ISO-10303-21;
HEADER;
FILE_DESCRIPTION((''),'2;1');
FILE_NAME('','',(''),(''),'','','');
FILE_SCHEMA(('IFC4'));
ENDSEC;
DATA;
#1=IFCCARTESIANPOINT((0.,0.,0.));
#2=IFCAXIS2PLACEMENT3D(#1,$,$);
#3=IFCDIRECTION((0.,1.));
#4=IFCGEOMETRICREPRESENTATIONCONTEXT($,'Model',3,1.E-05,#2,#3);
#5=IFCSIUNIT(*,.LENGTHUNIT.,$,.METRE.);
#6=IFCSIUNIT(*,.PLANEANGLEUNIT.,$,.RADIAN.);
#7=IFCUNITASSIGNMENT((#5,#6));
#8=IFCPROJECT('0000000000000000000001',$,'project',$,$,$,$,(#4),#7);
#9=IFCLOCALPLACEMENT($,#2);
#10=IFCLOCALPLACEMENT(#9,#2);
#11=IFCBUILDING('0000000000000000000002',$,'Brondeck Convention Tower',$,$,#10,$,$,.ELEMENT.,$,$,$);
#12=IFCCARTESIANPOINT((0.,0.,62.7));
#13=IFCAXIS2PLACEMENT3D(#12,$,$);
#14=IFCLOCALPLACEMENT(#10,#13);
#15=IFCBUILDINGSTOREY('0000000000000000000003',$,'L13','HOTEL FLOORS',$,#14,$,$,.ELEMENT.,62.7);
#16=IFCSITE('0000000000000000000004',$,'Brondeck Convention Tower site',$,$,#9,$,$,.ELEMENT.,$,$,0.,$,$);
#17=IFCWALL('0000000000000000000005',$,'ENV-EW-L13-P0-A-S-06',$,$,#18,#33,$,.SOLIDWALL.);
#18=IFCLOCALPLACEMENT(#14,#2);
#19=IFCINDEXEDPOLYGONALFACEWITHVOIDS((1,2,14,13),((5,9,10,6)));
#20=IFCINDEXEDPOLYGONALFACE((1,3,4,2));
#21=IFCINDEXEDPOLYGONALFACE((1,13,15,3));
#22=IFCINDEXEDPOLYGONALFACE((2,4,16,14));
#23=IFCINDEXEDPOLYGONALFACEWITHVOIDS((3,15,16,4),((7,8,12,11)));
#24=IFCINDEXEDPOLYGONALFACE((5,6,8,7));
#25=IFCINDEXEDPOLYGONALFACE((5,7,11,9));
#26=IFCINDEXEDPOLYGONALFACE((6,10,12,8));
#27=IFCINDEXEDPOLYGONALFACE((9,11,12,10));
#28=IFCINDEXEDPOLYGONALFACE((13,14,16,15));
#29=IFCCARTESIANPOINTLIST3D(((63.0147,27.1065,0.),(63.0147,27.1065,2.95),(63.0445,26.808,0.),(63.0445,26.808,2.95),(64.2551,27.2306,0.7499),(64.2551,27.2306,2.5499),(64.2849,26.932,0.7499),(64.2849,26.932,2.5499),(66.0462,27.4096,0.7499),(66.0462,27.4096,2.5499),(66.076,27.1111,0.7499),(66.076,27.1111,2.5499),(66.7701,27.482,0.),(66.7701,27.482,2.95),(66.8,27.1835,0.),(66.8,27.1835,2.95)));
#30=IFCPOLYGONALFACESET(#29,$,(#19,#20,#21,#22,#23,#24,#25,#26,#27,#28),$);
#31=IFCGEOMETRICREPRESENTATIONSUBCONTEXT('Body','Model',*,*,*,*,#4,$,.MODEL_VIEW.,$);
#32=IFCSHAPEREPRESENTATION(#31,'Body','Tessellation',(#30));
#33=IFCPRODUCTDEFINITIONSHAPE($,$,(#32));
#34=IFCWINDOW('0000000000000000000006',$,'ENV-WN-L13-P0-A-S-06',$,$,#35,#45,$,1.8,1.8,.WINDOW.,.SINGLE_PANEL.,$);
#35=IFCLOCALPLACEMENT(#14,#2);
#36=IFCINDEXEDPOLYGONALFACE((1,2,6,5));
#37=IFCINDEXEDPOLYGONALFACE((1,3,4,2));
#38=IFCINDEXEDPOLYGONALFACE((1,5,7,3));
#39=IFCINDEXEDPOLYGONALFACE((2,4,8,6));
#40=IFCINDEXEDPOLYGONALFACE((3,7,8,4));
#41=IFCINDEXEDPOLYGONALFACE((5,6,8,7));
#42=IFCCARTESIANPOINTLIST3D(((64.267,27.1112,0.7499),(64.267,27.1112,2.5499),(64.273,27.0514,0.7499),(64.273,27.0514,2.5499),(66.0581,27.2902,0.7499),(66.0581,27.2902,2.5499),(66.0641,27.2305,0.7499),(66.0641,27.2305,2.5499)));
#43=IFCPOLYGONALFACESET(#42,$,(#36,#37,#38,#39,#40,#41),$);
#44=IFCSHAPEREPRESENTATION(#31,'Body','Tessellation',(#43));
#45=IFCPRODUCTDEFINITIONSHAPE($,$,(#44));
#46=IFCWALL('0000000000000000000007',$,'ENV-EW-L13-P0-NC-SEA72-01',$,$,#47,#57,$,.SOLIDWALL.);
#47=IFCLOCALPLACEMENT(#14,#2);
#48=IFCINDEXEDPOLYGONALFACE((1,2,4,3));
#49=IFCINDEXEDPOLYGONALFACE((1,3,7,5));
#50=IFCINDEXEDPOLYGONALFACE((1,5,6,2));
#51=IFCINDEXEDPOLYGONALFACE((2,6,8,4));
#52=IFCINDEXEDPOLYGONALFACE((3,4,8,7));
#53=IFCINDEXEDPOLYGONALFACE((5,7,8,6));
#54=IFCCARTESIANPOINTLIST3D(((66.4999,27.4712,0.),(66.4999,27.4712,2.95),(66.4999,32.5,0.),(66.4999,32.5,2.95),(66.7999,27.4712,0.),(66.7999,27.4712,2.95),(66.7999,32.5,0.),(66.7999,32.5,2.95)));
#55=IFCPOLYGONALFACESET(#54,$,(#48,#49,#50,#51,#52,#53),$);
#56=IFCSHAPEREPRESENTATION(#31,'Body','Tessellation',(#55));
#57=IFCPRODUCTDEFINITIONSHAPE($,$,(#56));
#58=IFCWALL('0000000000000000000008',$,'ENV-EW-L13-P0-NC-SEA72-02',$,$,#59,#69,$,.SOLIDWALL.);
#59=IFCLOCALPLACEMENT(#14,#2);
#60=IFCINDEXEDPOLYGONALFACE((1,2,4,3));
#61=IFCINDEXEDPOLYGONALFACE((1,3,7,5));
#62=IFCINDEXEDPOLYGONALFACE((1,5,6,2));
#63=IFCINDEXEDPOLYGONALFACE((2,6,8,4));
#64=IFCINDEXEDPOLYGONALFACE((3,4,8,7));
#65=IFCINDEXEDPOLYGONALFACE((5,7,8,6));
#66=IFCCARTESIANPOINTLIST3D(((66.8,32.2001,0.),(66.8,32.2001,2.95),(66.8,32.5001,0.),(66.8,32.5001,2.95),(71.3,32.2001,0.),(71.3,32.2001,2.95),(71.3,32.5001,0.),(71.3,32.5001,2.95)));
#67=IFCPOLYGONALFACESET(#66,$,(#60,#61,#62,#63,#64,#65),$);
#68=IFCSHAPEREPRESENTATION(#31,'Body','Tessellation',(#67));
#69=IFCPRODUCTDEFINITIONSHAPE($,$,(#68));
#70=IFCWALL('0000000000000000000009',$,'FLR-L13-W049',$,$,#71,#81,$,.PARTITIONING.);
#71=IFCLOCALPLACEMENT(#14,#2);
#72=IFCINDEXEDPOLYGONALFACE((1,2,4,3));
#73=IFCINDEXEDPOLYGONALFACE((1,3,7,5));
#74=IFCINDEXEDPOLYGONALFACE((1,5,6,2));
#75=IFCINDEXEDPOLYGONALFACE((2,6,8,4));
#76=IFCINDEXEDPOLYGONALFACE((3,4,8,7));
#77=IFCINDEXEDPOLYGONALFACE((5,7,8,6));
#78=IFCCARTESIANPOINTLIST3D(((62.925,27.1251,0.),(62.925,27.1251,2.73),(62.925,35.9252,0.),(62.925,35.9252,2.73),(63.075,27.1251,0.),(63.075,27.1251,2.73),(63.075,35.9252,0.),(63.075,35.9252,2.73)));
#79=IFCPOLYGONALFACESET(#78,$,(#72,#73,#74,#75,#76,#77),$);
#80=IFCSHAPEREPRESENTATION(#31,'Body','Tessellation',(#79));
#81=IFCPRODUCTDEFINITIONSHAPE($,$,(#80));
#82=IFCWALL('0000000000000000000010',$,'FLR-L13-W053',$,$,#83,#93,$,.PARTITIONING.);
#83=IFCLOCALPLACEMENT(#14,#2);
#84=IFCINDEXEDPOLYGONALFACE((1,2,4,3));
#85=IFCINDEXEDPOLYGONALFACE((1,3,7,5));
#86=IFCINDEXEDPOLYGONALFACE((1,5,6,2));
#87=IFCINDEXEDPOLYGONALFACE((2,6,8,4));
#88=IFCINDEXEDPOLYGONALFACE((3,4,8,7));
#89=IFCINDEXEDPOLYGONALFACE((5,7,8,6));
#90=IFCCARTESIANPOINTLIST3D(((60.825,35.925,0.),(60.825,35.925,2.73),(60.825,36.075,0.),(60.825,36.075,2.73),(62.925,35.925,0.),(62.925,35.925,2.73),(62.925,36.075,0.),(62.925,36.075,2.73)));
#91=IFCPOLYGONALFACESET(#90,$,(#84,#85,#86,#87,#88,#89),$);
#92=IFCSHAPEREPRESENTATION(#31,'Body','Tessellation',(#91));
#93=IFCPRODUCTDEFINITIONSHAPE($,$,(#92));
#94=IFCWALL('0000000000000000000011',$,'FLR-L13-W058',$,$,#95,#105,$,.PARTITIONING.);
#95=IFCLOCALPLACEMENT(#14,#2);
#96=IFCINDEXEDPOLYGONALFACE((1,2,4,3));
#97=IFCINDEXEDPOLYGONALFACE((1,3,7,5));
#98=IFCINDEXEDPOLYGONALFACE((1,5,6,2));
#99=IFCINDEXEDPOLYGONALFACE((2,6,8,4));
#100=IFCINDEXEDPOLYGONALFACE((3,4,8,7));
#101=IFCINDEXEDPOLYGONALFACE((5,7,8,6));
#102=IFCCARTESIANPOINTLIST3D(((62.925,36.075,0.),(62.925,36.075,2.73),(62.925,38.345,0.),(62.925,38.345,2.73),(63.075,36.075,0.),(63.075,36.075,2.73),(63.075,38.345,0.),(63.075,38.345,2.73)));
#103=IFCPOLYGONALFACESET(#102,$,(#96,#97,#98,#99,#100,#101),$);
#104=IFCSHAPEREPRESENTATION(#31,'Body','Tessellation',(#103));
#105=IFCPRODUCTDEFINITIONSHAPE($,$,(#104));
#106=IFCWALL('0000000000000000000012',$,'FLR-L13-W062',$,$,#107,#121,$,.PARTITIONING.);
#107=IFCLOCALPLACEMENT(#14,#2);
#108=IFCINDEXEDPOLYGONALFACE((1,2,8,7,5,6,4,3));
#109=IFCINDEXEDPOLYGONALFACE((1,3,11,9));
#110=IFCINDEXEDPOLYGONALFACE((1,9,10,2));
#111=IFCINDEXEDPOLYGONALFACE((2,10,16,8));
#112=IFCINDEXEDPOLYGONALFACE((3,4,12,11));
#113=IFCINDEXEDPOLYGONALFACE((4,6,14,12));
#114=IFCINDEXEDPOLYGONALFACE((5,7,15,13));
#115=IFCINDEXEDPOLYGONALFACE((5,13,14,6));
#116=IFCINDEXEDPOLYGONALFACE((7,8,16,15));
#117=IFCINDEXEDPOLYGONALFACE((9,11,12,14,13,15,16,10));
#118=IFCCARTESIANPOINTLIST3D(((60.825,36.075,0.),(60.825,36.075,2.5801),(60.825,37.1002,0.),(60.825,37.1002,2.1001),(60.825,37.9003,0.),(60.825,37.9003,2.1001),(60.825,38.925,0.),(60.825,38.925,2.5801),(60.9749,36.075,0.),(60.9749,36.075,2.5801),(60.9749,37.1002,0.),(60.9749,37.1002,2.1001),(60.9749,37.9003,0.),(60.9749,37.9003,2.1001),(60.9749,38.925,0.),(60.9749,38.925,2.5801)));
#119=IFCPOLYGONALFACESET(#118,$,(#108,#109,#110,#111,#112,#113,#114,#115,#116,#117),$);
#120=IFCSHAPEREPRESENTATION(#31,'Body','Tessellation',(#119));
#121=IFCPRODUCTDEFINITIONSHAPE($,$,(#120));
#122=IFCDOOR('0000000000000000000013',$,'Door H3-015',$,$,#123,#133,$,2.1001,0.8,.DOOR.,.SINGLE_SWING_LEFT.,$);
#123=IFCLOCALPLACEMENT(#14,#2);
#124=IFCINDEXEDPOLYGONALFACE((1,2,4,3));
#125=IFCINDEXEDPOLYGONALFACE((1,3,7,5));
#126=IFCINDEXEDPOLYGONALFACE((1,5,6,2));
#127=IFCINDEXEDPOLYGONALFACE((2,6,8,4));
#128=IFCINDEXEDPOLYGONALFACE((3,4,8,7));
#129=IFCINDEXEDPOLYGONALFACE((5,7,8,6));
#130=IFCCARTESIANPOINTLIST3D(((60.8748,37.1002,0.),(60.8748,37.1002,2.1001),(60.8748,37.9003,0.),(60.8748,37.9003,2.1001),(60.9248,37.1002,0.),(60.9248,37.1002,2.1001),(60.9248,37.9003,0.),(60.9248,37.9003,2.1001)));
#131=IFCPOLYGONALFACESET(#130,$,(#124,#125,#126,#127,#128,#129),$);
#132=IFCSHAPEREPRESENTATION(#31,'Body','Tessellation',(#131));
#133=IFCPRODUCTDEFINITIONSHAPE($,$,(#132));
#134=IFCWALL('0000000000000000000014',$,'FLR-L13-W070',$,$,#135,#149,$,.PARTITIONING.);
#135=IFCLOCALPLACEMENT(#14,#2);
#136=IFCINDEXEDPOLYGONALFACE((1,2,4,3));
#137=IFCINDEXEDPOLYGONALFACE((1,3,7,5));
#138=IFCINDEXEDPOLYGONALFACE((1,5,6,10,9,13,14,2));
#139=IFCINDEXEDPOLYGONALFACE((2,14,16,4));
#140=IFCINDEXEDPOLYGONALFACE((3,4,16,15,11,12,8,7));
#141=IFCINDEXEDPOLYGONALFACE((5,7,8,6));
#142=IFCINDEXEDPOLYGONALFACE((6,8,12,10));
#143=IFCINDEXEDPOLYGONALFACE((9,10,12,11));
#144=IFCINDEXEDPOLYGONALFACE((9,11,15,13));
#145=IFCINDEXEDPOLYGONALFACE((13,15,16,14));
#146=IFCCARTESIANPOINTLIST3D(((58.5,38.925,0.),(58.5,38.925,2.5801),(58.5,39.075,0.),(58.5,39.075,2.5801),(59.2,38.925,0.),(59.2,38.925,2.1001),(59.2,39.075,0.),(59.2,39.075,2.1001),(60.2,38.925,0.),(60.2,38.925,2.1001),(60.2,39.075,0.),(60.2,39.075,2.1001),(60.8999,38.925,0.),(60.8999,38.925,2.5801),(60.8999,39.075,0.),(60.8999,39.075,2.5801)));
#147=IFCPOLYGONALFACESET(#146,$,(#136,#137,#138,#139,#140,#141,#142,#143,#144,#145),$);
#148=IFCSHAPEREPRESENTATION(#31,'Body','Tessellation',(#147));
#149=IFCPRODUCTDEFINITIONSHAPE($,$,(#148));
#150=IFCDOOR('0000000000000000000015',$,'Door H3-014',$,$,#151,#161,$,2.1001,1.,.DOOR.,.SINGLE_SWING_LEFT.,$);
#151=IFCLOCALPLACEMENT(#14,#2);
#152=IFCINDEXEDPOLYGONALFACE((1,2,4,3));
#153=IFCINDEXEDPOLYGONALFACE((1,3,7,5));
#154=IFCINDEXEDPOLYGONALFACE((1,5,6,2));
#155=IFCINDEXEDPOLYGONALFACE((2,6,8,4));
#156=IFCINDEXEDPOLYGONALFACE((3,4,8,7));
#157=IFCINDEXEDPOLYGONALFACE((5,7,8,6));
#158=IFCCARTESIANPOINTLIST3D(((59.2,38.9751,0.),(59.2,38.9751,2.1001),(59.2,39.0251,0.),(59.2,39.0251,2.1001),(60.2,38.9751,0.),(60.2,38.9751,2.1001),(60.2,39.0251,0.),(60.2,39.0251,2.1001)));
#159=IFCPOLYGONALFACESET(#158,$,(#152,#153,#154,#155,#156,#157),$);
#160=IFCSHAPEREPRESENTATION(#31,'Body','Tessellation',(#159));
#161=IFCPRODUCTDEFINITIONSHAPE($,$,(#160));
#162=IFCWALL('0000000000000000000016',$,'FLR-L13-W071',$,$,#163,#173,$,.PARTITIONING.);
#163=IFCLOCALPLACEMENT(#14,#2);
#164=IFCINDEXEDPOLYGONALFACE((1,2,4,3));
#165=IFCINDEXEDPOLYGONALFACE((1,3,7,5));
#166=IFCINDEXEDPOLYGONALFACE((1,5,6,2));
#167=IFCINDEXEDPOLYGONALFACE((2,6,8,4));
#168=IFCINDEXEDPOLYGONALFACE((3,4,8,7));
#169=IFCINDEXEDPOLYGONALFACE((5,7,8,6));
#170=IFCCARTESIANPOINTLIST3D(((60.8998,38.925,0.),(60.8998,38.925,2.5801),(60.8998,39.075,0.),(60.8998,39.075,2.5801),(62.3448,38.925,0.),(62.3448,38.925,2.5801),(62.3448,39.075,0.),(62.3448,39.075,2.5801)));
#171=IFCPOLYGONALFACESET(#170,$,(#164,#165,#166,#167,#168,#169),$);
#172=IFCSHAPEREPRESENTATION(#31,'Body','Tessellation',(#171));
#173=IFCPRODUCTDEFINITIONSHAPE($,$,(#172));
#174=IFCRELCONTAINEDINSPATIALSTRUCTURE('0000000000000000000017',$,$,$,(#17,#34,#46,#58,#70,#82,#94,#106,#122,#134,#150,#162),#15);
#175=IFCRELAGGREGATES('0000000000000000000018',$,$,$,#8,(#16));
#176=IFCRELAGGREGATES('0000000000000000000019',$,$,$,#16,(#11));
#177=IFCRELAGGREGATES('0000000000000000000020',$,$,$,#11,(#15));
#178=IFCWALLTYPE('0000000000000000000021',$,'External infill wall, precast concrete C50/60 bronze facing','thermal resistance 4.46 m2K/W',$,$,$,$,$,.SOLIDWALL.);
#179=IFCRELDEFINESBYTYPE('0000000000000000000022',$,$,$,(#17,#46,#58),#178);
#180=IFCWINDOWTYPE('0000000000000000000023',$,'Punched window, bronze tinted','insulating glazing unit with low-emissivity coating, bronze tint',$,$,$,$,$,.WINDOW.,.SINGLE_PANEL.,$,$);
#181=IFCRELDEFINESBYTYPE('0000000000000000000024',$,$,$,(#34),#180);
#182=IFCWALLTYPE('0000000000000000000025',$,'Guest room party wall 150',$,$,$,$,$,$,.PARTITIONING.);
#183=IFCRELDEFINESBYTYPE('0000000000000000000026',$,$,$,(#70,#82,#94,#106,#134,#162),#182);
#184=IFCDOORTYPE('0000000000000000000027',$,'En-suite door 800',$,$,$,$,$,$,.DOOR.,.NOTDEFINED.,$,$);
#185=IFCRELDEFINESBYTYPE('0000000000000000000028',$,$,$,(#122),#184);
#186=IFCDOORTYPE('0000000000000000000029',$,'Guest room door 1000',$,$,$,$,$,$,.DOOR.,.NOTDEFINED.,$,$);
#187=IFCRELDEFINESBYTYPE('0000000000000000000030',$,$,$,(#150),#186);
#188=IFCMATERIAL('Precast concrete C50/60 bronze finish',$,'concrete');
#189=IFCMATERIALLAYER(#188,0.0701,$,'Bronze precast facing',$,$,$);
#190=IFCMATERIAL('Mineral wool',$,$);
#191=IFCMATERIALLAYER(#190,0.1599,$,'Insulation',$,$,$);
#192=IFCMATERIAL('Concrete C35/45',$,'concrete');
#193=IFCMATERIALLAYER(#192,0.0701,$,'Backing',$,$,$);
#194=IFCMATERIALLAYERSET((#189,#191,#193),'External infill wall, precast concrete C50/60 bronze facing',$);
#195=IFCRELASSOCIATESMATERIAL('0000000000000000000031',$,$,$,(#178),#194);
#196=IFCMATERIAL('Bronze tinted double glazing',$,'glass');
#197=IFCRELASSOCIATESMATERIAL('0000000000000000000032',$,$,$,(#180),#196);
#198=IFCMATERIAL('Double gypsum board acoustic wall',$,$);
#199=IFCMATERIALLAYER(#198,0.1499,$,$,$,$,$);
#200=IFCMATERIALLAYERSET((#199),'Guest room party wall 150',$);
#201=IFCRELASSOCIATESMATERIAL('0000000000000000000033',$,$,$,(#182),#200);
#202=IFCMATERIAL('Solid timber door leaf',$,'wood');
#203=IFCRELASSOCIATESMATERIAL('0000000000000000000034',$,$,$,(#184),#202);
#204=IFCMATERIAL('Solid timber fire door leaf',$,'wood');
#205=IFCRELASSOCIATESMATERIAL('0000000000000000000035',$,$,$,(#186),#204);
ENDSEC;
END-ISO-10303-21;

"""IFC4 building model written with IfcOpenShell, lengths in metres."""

from ifc_helpers import new_model, si_unit, direction, frame, frame_2d, origin, place, context, subcontext, project, spatial, rectangle, extrude, material, layer, layer_set, type_object, element, fill, save


model = new_model("IFC4")

# Units and contexts
model_context = context("Model", 3, precision=1e-05, world=origin(), true_north=direction((0.0, 1.0)))
body_context = subcontext(model_context, "Body", "Model", "MODEL_VIEW")
ifc_project = project(units=[si_unit("LENGTHUNIT", "METRE"), si_unit("PLANEANGLEUNIT", "RADIAN")], contexts=[model_context])

# Site, building, storey
site_placement = place(None, origin())
site = spatial("IfcSite", under=ifc_project, at=site_placement, Name="Brondeck Convention Tower site", CompositionType="ELEMENT", RefElevation=0.0)
building_placement = place(site_placement, origin())
building = spatial("IfcBuilding", under=site, at=building_placement, Name="Brondeck Convention Tower", CompositionType="ELEMENT")
storey_placement = place(building_placement, frame((0.0, 0.0, 62.7)))
storey = spatial("IfcBuildingStorey", under=building, at=storey_placement, Name="L13", Description="HOTEL FLOORS", CompositionType="ELEMENT", Elevation=62.7)

# Shared definitions
ifc_material_1 = material(Name="Precast concrete C50/60 bronze finish", Category="concrete")
ifc_layer_1 = layer(ifc_material_1, 0.0701, Name="Bronze precast facing")
ifc_material_2 = material(Name="Mineral wool")
ifc_layer_2 = layer(ifc_material_2, 0.1599, Name="Insulation")
ifc_material_3 = material(Name="Concrete C35/45", Category="concrete")
ifc_layer_3 = layer(ifc_material_3, 0.0701, Name="Backing")
ifc_layer_set_1 = layer_set([ifc_layer_1, ifc_layer_2, ifc_layer_3], Name="External infill wall, precast concrete C50/60 bronze facing")
wall_type_1 = type_object("IfcWallType", Name="External infill wall, precast concrete C50/60 bronze facing", Description="thermal resistance 4.46 m2K/W", PredefinedType="SOLIDWALL", material=ifc_layer_set_1)
ifc_material_4 = material(Name="Bronze tinted double glazing", Category="glass")
window_type_1 = type_object("IfcWindowType", Name="Punched window, bronze tinted", Description="insulating glazing unit with low-emissivity coating, bronze tint", PartitioningType="SINGLE_PANEL", PredefinedType="WINDOW", material=ifc_material_4)

# Wall, opening, window
wall_1_placement = place(storey_placement, frame((66.7852, 27.3328, 0.0), z_axis=(0.0, 0.0, 1.0), x_axis=(-0.995038, -0.099491, 0.0)))
wall_1 = element("IfcWall", 1, at=wall_1_placement, inside=storey, type_object=wall_type_1, Name="ENV-EW-L13-P0-A-S-06", PredefinedType="SOLIDWALL", context=body_context, shape_type="SweptSolid", body=[
    extrude(rectangle(XDim=3.7742, YDim=0.3, at=frame_2d((1.8872, 0.0))), origin(), (0.0, 0.0, 1.0), 2.95),
])
opening_1_placement = place(wall_1_placement, frame((0.7278, 0.0, 0.75)))
opening_1 = element("IfcOpeningElement", 2, at=opening_1_placement, cuts=wall_1, PredefinedType="OPENING", context=body_context, shape_type="SweptSolid", body=[
    extrude(rectangle(XDim=1.8, YDim=1.8, at=frame_2d((0.8999, 0.8999))), frame((0.0, 0.1599, 0.0), z_axis=(0.0, -1.0, 0.0), x_axis=(1.0, 0.0, 0.0)), (0.0, 0.0, 1.0), 0.3201),
])
window_1_placement = place(opening_1_placement, origin())
window_1 = element("IfcWindow", 3, at=window_1_placement, inside=storey, type_object=window_type_1, Name="ENV-WN-L13-P0-A-S-06", OverallHeight=1.8, OverallWidth=1.8, PartitioningType="SINGLE_PANEL", PredefinedType="WINDOW", context=body_context, shape_type="SweptSolid", body=[
    extrude(rectangle(XDim=1.8, YDim=1.8, at=frame_2d((0.8999, 0.8999))), frame((0.0, 0.03, 0.0), z_axis=(0.0, -1.0, 0.0), x_axis=(1.0, 0.0, 0.0)), (0.0, 0.0, 1.0), 0.0601),
])
fill(opening_1, window_1)

# Walls
wall_2_placement = place(storey_placement, frame((66.6499, 32.5, 0.0), z_axis=(0.0, 0.0, 1.0), x_axis=(0.0, -1.0, 0.0)))
element("IfcWall", 4, at=wall_2_placement, inside=storey, type_object=wall_type_1, Name="ENV-EW-L13-P0-NC-SEA72-01", PredefinedType="SOLIDWALL", context=body_context, shape_type="SweptSolid", body=[
    extrude(rectangle(XDim=5.0288, YDim=0.3, at=frame_2d((2.5144, 0.0))), origin(), (0.0, 0.0, 1.0), 2.95),
])
wall_3_placement = place(storey_placement, frame((71.3, 32.3501, 0.0), z_axis=(0.0, 0.0, 1.0), x_axis=(-1.0, 0.0, 0.0)))
element("IfcWall", 5, at=wall_3_placement, inside=storey, type_object=wall_type_1, Name="ENV-EW-L13-P0-NC-SEA72-02", PredefinedType="SOLIDWALL", context=body_context, shape_type="SweptSolid", body=[
    extrude(rectangle(XDim=4.5, YDim=0.3, at=frame_2d((2.25, 0.0))), origin(), (0.0, 0.0, 1.0), 2.95),
])
ifc_material_5 = material(Name="Double gypsum board acoustic wall")
ifc_layer_4 = layer(ifc_material_5, 0.1499)
ifc_layer_set_2 = layer_set([ifc_layer_4], Name="Guest room party wall 150")
wall_type_2 = type_object("IfcWallType", Name="Guest room party wall 150", PredefinedType="PARTITIONING", material=ifc_layer_set_2)
wall_4_placement = place(storey_placement, frame((63.0, 35.925, 0.0), z_axis=(0.0, 0.0, 1.0), x_axis=(0.0, -1.0, 0.0)))
element("IfcWall", 6, at=wall_4_placement, inside=storey, type_object=wall_type_2, Name="FLR-L13-W049", PredefinedType="PARTITIONING", context=body_context, shape_type="SweptSolid", body=[
    extrude(rectangle(XDim=8.8, YDim=0.1499, at=frame_2d((4.3999, 0.0))), origin(), (0.0, 0.0, 1.0), 2.73),
])
wall_5_placement = place(storey_placement, frame((60.825, 36.0, 0.0), z_axis=(0.0, 0.0, 1.0), x_axis=(1.0, 0.0, 0.0)))
element("IfcWall", 7, at=wall_5_placement, inside=storey, type_object=wall_type_2, Name="FLR-L13-W053", PredefinedType="PARTITIONING", context=body_context, shape_type="SweptSolid", body=[
    extrude(rectangle(XDim=2.1001, YDim=0.1499, at=frame_2d((1.05, 0.0))), origin(), (0.0, 0.0, 1.0), 2.73),
])
wall_6_placement = place(storey_placement, frame((63.0, 38.345, 0.0), z_axis=(0.0, 0.0, 1.0), x_axis=(0.0, -1.0, 0.0)))
element("IfcWall", 8, at=wall_6_placement, inside=storey, type_object=wall_type_2, Name="FLR-L13-W058", PredefinedType="PARTITIONING", context=body_context, shape_type="SweptSolid", body=[
    extrude(rectangle(XDim=2.27, YDim=0.1499, at=frame_2d((1.135, 0.0))), origin(), (0.0, 0.0, 1.0), 2.73),
])

# Walls, openings, doors
wall_7_placement = place(storey_placement, frame((60.8999, 38.925, 0.0), z_axis=(0.0, 0.0, 1.0), x_axis=(0.0, -1.0, 0.0)))
wall_7 = element("IfcWall", 9, at=wall_7_placement, inside=storey, type_object=wall_type_2, Name="FLR-L13-W062", PredefinedType="PARTITIONING", context=body_context, shape_type="SweptSolid", body=[
    extrude(rectangle(XDim=2.8501, YDim=0.1499, at=frame_2d((1.425, 0.0))), origin(), (0.0, 0.0, 1.0), 2.5801),
])
opening_2_placement = place(wall_7_placement, frame((1.0249, 0.0, 0.0)))
opening_2 = element("IfcOpeningElement", 10, at=opening_2_placement, cuts=wall_7, PredefinedType="OPENING", context=body_context, shape_type="SweptSolid", body=[
    extrude(rectangle(XDim=0.8, YDim=2.1001, at=frame_2d((0.3999, 1.05))), frame((0.0, 0.085, 0.0), z_axis=(0.0, -1.0, 0.0), x_axis=(1.0, 0.0, 0.0)), (0.0, 0.0, 1.0), 0.1699),
])
ifc_material_6 = material(Name="Solid timber door leaf", Category="wood")
door_type_1 = type_object("IfcDoorType", Name="En-suite door 800", OperationType="NOTDEFINED", PredefinedType="DOOR", material=ifc_material_6)
door_1_placement = place(opening_2_placement, origin())
door_1 = element("IfcDoor", 11, at=door_1_placement, inside=storey, type_object=door_type_1, Name="Door H3-015", OperationType="SINGLE_SWING_LEFT", OverallHeight=2.1001, OverallWidth=0.8, PredefinedType="DOOR", context=body_context, shape_type="SweptSolid", body=[
    extrude(rectangle(XDim=0.8, YDim=2.1001, at=frame_2d((0.3999, 1.05))), frame((0.0, 0.0249, 0.0), z_axis=(0.0, -1.0, 0.0), x_axis=(1.0, 0.0, 0.0)), (0.0, 0.0, 1.0), 0.05),
])
fill(opening_2, door_1)
wall_8_placement = place(storey_placement, frame((60.8999, 39.0, 0.0), z_axis=(0.0, 0.0, 1.0), x_axis=(-1.0, 0.0, 0.0)))
wall_8 = element("IfcWall", 12, at=wall_8_placement, inside=storey, type_object=wall_type_2, Name="FLR-L13-W070", PredefinedType="PARTITIONING", context=body_context, shape_type="SweptSolid", body=[
    extrude(rectangle(XDim=2.3999, YDim=0.1499, at=frame_2d((1.2, 0.0))), origin(), (0.0, 0.0, 1.0), 2.5801),
])
opening_3_placement = place(wall_8_placement, frame((0.7, 0.0, 0.0)))
opening_3 = element("IfcOpeningElement", 13, at=opening_3_placement, cuts=wall_8, PredefinedType="OPENING", context=body_context, shape_type="SweptSolid", body=[
    extrude(rectangle(XDim=1.0, YDim=2.1001, at=frame_2d((0.5, 1.05))), frame((0.0, 0.085, 0.0), z_axis=(0.0, -1.0, 0.0), x_axis=(1.0, 0.0, 0.0)), (0.0, 0.0, 1.0), 0.1699),
])
ifc_material_7 = material(Name="Solid timber fire door leaf", Category="wood")
door_type_2 = type_object("IfcDoorType", Name="Guest room door 1000", OperationType="NOTDEFINED", PredefinedType="DOOR", material=ifc_material_7)
door_2_placement = place(opening_3_placement, origin())
door_2 = element("IfcDoor", 14, at=door_2_placement, inside=storey, type_object=door_type_2, Name="Door H3-014", OperationType="SINGLE_SWING_LEFT", OverallHeight=2.1001, OverallWidth=1.0, PredefinedType="DOOR", context=body_context, shape_type="SweptSolid", body=[
    extrude(rectangle(XDim=1.0, YDim=2.1001, at=frame_2d((0.5, 1.05))), frame((0.0, 0.0249, 0.0), z_axis=(0.0, -1.0, 0.0), x_axis=(1.0, 0.0, 0.0)), (0.0, 0.0, 1.0), 0.05),
])
fill(opening_3, door_2)

# Wall
wall_9_placement = place(storey_placement, frame((62.345, 39.0, 0.0), z_axis=(0.0, 0.0, 1.0), x_axis=(-1.0, 0.0, 0.0)))
element("IfcWall", 15, at=wall_9_placement, inside=storey, type_object=wall_type_2, Name="FLR-L13-W071", PredefinedType="PARTITIONING", context=body_context, shape_type="SweptSolid", body=[
    extrude(rectangle(XDim=1.4451, YDim=0.1499, at=frame_2d((0.7227, 0.0))), origin(), (0.0, 0.0, 1.0), 2.5801),
])

save(model, "model.ifc")
